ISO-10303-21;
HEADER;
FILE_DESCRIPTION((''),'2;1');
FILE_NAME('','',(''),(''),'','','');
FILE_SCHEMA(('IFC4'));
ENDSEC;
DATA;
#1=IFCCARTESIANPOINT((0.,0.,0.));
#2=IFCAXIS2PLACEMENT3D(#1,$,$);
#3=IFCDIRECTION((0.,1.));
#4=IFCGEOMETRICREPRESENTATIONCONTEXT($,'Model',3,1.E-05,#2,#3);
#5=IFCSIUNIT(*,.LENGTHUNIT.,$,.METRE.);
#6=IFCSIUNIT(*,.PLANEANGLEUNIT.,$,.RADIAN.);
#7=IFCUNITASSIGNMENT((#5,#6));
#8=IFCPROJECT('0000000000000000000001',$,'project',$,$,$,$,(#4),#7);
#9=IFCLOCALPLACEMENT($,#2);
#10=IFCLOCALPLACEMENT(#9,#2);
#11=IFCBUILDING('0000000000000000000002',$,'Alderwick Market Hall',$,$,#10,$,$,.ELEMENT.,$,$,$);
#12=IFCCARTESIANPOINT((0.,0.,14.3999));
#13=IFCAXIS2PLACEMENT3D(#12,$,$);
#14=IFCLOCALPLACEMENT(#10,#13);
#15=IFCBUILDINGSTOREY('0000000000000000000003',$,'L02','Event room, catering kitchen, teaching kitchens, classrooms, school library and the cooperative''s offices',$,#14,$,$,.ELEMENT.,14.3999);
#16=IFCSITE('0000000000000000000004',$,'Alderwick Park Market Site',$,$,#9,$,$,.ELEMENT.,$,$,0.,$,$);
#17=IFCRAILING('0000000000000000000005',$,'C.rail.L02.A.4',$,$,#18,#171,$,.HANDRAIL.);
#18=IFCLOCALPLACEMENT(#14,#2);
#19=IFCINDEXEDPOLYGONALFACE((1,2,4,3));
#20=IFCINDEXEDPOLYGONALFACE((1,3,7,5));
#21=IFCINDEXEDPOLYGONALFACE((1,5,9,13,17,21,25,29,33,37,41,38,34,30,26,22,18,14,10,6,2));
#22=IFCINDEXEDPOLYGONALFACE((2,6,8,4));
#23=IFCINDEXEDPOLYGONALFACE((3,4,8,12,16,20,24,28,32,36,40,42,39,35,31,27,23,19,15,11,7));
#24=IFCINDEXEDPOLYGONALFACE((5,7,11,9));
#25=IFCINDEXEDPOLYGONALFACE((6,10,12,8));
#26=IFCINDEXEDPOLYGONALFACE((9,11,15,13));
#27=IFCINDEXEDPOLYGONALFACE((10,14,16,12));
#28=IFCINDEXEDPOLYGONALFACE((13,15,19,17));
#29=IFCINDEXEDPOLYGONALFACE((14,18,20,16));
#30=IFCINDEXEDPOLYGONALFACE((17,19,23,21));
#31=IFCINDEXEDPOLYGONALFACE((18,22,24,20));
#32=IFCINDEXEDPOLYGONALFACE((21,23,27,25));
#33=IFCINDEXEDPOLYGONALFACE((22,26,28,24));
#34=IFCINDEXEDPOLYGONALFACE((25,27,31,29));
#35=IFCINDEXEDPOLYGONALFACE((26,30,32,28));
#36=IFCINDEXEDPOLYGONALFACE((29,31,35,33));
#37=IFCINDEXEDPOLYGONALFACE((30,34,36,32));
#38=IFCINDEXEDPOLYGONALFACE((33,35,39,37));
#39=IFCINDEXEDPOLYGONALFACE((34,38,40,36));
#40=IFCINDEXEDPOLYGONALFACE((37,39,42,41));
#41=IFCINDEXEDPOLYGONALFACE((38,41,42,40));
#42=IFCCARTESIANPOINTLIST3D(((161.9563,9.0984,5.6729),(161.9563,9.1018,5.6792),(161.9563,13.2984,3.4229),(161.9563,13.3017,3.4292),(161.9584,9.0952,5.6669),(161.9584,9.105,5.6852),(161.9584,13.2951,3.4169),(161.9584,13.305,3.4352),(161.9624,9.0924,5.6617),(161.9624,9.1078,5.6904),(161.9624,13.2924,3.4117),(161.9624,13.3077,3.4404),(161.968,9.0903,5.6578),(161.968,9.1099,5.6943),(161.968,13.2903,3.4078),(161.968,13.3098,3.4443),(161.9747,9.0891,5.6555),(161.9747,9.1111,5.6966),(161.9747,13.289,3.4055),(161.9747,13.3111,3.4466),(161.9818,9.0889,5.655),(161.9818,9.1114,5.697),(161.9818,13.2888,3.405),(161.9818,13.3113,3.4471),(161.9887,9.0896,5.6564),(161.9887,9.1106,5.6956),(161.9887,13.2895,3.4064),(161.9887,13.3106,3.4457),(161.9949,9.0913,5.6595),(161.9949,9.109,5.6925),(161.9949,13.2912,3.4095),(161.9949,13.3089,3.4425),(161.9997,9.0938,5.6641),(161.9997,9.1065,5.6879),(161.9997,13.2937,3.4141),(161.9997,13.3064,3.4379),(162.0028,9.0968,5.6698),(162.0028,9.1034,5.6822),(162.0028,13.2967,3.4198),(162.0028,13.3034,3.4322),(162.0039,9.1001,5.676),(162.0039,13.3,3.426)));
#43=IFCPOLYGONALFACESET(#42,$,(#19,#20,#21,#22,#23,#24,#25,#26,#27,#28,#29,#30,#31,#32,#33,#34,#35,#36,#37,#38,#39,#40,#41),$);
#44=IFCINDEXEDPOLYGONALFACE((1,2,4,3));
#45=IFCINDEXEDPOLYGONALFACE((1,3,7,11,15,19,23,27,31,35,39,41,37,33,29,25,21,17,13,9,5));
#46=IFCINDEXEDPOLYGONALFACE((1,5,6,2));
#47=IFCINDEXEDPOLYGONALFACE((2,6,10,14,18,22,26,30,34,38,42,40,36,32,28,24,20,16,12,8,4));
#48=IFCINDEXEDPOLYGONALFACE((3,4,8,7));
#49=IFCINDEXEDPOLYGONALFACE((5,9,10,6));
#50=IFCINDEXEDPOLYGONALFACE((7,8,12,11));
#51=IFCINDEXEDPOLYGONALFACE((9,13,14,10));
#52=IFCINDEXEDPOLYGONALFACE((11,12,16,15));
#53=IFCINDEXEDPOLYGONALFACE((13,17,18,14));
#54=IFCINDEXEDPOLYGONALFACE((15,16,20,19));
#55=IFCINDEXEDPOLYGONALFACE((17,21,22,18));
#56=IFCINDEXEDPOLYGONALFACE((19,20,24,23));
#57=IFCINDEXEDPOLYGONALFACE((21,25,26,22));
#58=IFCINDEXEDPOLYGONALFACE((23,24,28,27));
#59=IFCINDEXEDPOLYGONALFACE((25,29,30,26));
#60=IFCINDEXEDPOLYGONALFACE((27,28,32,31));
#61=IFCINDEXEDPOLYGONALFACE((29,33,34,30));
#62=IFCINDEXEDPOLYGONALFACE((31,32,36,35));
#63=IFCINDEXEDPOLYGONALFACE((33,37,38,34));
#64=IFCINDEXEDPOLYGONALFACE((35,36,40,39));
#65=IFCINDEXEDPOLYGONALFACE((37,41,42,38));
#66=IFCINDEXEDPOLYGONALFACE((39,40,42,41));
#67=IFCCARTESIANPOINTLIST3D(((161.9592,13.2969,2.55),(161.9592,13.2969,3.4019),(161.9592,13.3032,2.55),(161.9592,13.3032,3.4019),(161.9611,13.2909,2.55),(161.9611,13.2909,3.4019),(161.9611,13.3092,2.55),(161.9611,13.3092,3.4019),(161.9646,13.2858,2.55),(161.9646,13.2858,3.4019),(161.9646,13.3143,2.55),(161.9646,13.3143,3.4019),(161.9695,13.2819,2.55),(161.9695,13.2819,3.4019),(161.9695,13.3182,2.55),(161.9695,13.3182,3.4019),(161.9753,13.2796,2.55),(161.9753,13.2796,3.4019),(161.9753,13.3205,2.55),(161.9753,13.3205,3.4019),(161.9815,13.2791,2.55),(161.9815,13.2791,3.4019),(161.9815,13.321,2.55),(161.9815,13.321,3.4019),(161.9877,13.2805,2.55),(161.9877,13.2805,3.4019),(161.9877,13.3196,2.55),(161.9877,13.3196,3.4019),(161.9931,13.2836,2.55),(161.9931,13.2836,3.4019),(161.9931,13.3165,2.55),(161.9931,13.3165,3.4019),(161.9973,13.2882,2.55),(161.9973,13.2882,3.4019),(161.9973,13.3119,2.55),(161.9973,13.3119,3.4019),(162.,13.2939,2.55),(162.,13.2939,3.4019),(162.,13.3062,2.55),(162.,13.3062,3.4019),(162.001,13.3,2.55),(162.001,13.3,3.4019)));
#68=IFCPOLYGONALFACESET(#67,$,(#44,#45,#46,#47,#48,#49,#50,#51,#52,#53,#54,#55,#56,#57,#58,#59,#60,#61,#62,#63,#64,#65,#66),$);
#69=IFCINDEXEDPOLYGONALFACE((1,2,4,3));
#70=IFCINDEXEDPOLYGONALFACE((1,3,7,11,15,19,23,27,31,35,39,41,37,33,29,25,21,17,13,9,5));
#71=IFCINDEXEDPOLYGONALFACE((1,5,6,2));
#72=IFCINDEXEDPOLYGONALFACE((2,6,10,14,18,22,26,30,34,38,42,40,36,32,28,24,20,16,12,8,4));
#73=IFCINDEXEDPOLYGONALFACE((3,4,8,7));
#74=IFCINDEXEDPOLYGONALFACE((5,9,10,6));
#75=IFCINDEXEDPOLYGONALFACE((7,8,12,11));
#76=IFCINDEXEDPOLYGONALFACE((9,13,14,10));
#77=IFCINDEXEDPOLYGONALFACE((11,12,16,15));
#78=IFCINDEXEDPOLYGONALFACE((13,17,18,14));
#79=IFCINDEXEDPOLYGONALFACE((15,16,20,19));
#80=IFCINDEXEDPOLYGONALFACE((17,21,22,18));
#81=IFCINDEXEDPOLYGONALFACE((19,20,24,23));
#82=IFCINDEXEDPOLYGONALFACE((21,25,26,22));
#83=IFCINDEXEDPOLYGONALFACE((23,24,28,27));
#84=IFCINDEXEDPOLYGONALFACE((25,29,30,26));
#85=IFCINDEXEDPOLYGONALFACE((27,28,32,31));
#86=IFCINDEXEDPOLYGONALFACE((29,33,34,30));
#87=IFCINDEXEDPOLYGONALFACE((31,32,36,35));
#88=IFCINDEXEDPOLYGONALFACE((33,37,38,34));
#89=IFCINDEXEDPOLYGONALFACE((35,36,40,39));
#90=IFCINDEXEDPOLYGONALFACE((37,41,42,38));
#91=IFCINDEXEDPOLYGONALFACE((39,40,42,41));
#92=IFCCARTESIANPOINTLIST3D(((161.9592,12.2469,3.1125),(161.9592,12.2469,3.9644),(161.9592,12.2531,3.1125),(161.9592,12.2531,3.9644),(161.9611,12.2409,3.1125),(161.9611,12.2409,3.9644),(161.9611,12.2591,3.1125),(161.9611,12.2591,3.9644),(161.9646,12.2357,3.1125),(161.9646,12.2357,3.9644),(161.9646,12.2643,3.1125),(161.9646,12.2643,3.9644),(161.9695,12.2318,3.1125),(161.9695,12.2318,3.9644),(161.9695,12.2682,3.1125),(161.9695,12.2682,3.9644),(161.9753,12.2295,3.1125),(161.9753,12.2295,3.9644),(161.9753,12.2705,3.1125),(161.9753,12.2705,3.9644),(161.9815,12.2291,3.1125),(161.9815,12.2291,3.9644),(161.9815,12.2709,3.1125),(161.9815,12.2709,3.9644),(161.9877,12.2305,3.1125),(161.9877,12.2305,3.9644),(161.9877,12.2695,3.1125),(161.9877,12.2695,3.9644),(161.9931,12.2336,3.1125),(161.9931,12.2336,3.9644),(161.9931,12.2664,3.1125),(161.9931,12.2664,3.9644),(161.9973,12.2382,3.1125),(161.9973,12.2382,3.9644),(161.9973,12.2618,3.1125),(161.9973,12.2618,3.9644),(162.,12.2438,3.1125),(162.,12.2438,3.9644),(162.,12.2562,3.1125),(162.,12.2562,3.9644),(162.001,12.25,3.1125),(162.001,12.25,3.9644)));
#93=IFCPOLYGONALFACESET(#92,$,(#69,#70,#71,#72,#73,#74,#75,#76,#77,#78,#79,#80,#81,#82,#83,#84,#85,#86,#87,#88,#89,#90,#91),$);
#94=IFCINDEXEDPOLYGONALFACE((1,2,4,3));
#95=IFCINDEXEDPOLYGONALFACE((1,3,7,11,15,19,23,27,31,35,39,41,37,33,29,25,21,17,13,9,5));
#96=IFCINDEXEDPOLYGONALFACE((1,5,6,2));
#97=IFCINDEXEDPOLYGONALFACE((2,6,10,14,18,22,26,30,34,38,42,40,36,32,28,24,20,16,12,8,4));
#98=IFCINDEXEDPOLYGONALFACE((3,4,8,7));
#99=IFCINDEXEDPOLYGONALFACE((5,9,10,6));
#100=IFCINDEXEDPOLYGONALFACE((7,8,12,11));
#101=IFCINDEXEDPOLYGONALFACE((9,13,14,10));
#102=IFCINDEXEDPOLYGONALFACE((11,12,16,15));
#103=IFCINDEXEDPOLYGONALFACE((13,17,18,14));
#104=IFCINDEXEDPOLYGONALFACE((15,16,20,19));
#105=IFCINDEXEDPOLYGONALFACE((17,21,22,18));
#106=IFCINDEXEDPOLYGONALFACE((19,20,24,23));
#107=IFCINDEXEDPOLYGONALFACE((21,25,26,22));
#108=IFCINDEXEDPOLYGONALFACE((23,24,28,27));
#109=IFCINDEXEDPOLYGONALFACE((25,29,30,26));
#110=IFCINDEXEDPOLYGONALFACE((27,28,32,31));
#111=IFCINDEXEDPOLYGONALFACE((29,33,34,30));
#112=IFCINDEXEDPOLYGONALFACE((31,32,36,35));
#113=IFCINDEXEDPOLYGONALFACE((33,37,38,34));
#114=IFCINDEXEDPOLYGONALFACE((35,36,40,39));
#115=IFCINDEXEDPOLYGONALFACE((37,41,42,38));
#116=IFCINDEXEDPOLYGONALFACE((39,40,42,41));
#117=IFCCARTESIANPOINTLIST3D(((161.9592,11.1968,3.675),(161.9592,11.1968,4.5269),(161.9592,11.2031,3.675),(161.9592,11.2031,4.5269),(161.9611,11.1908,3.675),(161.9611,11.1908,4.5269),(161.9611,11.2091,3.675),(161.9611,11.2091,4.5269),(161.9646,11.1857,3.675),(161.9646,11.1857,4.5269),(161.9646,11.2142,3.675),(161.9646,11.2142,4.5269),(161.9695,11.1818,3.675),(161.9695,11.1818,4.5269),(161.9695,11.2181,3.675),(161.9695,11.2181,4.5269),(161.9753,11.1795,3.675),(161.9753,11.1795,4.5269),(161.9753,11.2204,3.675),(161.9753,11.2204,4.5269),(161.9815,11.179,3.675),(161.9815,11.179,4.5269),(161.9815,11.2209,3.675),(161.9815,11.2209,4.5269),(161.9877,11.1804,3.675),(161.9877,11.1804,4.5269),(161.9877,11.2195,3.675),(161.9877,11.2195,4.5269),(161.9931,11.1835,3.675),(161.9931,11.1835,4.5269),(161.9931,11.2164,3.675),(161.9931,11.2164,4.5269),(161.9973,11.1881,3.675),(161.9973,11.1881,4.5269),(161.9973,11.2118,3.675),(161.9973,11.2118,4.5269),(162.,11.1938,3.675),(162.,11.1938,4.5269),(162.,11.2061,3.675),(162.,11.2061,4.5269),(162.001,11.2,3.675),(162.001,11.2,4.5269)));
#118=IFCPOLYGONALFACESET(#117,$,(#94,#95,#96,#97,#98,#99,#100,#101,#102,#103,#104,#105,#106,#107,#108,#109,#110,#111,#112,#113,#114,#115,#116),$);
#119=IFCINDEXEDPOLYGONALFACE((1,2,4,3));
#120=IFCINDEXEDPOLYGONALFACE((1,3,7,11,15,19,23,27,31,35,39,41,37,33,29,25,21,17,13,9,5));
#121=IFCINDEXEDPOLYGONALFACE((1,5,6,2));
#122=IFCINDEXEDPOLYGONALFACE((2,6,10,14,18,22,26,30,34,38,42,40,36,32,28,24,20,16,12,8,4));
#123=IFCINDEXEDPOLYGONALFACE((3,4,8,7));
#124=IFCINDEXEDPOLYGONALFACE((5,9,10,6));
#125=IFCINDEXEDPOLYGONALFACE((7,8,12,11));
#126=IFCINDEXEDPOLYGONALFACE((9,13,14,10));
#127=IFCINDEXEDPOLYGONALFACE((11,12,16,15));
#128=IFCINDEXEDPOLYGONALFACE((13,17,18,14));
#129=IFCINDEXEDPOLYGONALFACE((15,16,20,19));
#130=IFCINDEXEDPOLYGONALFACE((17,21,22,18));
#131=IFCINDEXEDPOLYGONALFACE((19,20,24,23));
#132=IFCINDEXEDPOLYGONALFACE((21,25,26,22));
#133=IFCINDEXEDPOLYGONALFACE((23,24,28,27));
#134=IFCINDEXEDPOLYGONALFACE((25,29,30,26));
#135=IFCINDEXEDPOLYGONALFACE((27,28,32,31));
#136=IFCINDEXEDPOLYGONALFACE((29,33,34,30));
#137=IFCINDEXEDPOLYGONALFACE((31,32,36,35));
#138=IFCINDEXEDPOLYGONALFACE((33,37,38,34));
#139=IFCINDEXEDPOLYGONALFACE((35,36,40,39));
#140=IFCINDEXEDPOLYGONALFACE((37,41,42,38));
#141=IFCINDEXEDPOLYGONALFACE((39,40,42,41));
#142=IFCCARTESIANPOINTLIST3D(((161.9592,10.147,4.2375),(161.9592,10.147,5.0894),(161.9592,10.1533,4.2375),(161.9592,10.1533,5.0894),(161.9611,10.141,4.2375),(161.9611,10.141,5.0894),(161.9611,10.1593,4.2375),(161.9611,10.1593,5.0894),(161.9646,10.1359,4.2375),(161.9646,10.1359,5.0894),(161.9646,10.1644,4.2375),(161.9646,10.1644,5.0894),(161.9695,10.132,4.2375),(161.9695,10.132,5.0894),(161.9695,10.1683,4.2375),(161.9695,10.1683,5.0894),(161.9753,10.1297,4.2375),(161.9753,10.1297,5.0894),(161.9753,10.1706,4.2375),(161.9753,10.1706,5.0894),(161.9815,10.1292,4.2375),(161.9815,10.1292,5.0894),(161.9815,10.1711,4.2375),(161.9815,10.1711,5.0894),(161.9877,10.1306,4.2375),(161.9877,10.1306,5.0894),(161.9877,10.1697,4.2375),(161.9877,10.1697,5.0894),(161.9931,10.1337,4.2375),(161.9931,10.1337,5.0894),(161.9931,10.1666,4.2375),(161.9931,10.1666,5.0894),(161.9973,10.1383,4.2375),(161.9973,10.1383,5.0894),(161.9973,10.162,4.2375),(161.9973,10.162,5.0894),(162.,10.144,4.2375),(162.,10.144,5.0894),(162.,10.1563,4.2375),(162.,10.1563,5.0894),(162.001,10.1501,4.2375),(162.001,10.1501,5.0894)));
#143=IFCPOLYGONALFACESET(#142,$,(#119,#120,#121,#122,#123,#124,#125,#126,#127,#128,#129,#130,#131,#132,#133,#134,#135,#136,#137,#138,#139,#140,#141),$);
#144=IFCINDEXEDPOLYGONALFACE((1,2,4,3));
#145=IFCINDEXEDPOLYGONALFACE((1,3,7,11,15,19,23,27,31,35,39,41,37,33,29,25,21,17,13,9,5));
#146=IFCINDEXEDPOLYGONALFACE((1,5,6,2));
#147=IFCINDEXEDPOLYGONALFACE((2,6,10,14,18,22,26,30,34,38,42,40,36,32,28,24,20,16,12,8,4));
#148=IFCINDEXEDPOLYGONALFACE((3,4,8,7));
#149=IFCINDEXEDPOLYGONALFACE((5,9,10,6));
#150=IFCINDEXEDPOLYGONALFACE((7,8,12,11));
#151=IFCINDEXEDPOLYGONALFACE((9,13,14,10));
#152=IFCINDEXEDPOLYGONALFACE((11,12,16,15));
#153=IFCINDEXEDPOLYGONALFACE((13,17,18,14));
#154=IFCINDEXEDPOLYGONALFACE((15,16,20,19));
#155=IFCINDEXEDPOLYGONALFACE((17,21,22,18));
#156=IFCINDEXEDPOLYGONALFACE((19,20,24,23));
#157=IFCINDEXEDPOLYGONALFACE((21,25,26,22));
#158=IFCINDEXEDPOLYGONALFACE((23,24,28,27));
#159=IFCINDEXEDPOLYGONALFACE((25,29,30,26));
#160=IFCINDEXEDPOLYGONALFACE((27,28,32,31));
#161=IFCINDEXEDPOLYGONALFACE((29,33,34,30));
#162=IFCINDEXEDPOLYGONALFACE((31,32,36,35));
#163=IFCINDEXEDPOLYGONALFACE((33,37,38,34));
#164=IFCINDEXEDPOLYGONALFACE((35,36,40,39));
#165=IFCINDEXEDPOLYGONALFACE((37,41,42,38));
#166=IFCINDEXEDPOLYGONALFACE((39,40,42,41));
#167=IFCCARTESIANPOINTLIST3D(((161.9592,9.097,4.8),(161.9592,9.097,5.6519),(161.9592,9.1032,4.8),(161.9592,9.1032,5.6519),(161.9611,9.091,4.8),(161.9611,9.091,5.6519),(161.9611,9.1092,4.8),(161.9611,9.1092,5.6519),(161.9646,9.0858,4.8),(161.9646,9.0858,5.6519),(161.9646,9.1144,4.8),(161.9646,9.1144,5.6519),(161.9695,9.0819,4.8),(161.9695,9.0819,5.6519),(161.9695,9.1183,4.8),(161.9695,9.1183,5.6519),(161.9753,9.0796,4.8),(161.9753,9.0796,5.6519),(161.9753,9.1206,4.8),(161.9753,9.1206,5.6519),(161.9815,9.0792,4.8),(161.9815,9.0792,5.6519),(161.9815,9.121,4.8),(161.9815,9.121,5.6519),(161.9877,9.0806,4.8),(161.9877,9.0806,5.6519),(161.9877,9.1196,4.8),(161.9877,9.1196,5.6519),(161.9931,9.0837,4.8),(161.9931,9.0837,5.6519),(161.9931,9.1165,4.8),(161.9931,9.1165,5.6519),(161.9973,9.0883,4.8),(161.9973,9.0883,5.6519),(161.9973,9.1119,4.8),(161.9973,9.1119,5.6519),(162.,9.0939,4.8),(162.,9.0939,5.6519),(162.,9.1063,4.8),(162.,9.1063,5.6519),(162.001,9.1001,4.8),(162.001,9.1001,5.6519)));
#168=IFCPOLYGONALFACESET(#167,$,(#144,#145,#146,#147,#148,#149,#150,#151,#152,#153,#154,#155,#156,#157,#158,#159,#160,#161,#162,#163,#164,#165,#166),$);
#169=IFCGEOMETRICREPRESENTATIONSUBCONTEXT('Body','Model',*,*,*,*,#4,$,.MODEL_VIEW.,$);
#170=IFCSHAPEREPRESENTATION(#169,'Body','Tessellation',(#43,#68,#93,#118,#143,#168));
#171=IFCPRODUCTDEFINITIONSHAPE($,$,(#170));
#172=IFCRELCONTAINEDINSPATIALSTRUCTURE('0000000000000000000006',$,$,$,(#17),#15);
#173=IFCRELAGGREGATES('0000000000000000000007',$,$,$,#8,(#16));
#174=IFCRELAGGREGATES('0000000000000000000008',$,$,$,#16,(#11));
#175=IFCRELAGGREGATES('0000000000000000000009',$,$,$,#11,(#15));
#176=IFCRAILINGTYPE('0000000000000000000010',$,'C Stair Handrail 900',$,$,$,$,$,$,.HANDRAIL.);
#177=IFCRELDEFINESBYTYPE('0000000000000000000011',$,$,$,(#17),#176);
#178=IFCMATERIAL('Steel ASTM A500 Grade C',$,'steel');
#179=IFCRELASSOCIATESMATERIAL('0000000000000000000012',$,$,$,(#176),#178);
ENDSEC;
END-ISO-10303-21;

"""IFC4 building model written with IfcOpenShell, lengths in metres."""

from ifc_helpers import new_model, si_unit, direction, frame, origin, origin_2d, place, context, subcontext, project, spatial, circle, extrude, material, type_object, element, save


model = new_model("IFC4")

# Units and contexts
model_context = context("Model", 3, precision=1e-05, world=origin(), true_north=direction((0.0, 1.0)))
body_context = subcontext(model_context, "Body", "Model", "MODEL_VIEW")
ifc_project = project(units=[si_unit("LENGTHUNIT", "METRE"), si_unit("PLANEANGLEUNIT", "RADIAN")], contexts=[model_context])

# Site, building, storey
site_placement = place(None, origin())
site = spatial("IfcSite", under=ifc_project, at=site_placement, Name="Alderwick Park Market Site", CompositionType="ELEMENT", RefElevation=0.0)
building_placement = place(site_placement, origin())
building = spatial("IfcBuilding", under=site, at=building_placement, Name="Alderwick Market Hall", CompositionType="ELEMENT")
storey_placement = place(building_placement, frame((0.0, 0.0, 14.3999)))
storey = spatial("IfcBuildingStorey", under=building, at=storey_placement, Name="L02", Description="Event room, catering kitchen, teaching kitchens, classrooms, school library and the cooperative's offices", CompositionType="ELEMENT", Elevation=14.3999)

# Railing
ifc_material_1 = material(Name="Steel ASTM A500 Grade C", Category="steel")
railing_type_1 = type_object("IfcRailingType", Name="C Stair Handrail 900", PredefinedType="HANDRAIL", material=ifc_material_1)
for number, where, name in (
    (1, (161.98, 13.3, 2.55), "C.rail.L02.A.4"),
):
    element("IfcRailing", number, at=place(storey_placement, frame(where)), inside=storey, type_object=railing_type_1, Name=name, PredefinedType="HANDRAIL", context=body_context, shape_type="SweptSolid", body=[
        extrude(circle(Radius=0.0239, at=origin_2d()), frame((0.0, 0.0, 0.876), z_axis=(0.0, -0.881478, 0.472226), x_axis=(1.0, 0.0, 0.0)), (0.0, 0.0, 1.0), 4.7646),
        extrude(circle(Radius=0.021, at=origin_2d()), origin(), (0.0, 0.0, 1.0), 0.8518),
        extrude(circle(Radius=0.021, at=origin_2d()), frame((0.0, -1.05, 0.5625)), (0.0, 0.0, 1.0), 0.8518),
        extrude(circle(Radius=0.021, at=origin_2d()), frame((0.0, -2.1001, 1.125)), (0.0, 0.0, 1.0), 0.8518),
        extrude(circle(Radius=0.021, at=origin_2d()), frame((0.0, -3.1499, 1.6875)), (0.0, 0.0, 1.0), 0.8518),
        extrude(circle(Radius=0.021, at=origin_2d()), frame((0.0, -4.2, 2.25)), (0.0, 0.0, 1.0), 0.8518),
    ])

save(model, "model.ifc")
